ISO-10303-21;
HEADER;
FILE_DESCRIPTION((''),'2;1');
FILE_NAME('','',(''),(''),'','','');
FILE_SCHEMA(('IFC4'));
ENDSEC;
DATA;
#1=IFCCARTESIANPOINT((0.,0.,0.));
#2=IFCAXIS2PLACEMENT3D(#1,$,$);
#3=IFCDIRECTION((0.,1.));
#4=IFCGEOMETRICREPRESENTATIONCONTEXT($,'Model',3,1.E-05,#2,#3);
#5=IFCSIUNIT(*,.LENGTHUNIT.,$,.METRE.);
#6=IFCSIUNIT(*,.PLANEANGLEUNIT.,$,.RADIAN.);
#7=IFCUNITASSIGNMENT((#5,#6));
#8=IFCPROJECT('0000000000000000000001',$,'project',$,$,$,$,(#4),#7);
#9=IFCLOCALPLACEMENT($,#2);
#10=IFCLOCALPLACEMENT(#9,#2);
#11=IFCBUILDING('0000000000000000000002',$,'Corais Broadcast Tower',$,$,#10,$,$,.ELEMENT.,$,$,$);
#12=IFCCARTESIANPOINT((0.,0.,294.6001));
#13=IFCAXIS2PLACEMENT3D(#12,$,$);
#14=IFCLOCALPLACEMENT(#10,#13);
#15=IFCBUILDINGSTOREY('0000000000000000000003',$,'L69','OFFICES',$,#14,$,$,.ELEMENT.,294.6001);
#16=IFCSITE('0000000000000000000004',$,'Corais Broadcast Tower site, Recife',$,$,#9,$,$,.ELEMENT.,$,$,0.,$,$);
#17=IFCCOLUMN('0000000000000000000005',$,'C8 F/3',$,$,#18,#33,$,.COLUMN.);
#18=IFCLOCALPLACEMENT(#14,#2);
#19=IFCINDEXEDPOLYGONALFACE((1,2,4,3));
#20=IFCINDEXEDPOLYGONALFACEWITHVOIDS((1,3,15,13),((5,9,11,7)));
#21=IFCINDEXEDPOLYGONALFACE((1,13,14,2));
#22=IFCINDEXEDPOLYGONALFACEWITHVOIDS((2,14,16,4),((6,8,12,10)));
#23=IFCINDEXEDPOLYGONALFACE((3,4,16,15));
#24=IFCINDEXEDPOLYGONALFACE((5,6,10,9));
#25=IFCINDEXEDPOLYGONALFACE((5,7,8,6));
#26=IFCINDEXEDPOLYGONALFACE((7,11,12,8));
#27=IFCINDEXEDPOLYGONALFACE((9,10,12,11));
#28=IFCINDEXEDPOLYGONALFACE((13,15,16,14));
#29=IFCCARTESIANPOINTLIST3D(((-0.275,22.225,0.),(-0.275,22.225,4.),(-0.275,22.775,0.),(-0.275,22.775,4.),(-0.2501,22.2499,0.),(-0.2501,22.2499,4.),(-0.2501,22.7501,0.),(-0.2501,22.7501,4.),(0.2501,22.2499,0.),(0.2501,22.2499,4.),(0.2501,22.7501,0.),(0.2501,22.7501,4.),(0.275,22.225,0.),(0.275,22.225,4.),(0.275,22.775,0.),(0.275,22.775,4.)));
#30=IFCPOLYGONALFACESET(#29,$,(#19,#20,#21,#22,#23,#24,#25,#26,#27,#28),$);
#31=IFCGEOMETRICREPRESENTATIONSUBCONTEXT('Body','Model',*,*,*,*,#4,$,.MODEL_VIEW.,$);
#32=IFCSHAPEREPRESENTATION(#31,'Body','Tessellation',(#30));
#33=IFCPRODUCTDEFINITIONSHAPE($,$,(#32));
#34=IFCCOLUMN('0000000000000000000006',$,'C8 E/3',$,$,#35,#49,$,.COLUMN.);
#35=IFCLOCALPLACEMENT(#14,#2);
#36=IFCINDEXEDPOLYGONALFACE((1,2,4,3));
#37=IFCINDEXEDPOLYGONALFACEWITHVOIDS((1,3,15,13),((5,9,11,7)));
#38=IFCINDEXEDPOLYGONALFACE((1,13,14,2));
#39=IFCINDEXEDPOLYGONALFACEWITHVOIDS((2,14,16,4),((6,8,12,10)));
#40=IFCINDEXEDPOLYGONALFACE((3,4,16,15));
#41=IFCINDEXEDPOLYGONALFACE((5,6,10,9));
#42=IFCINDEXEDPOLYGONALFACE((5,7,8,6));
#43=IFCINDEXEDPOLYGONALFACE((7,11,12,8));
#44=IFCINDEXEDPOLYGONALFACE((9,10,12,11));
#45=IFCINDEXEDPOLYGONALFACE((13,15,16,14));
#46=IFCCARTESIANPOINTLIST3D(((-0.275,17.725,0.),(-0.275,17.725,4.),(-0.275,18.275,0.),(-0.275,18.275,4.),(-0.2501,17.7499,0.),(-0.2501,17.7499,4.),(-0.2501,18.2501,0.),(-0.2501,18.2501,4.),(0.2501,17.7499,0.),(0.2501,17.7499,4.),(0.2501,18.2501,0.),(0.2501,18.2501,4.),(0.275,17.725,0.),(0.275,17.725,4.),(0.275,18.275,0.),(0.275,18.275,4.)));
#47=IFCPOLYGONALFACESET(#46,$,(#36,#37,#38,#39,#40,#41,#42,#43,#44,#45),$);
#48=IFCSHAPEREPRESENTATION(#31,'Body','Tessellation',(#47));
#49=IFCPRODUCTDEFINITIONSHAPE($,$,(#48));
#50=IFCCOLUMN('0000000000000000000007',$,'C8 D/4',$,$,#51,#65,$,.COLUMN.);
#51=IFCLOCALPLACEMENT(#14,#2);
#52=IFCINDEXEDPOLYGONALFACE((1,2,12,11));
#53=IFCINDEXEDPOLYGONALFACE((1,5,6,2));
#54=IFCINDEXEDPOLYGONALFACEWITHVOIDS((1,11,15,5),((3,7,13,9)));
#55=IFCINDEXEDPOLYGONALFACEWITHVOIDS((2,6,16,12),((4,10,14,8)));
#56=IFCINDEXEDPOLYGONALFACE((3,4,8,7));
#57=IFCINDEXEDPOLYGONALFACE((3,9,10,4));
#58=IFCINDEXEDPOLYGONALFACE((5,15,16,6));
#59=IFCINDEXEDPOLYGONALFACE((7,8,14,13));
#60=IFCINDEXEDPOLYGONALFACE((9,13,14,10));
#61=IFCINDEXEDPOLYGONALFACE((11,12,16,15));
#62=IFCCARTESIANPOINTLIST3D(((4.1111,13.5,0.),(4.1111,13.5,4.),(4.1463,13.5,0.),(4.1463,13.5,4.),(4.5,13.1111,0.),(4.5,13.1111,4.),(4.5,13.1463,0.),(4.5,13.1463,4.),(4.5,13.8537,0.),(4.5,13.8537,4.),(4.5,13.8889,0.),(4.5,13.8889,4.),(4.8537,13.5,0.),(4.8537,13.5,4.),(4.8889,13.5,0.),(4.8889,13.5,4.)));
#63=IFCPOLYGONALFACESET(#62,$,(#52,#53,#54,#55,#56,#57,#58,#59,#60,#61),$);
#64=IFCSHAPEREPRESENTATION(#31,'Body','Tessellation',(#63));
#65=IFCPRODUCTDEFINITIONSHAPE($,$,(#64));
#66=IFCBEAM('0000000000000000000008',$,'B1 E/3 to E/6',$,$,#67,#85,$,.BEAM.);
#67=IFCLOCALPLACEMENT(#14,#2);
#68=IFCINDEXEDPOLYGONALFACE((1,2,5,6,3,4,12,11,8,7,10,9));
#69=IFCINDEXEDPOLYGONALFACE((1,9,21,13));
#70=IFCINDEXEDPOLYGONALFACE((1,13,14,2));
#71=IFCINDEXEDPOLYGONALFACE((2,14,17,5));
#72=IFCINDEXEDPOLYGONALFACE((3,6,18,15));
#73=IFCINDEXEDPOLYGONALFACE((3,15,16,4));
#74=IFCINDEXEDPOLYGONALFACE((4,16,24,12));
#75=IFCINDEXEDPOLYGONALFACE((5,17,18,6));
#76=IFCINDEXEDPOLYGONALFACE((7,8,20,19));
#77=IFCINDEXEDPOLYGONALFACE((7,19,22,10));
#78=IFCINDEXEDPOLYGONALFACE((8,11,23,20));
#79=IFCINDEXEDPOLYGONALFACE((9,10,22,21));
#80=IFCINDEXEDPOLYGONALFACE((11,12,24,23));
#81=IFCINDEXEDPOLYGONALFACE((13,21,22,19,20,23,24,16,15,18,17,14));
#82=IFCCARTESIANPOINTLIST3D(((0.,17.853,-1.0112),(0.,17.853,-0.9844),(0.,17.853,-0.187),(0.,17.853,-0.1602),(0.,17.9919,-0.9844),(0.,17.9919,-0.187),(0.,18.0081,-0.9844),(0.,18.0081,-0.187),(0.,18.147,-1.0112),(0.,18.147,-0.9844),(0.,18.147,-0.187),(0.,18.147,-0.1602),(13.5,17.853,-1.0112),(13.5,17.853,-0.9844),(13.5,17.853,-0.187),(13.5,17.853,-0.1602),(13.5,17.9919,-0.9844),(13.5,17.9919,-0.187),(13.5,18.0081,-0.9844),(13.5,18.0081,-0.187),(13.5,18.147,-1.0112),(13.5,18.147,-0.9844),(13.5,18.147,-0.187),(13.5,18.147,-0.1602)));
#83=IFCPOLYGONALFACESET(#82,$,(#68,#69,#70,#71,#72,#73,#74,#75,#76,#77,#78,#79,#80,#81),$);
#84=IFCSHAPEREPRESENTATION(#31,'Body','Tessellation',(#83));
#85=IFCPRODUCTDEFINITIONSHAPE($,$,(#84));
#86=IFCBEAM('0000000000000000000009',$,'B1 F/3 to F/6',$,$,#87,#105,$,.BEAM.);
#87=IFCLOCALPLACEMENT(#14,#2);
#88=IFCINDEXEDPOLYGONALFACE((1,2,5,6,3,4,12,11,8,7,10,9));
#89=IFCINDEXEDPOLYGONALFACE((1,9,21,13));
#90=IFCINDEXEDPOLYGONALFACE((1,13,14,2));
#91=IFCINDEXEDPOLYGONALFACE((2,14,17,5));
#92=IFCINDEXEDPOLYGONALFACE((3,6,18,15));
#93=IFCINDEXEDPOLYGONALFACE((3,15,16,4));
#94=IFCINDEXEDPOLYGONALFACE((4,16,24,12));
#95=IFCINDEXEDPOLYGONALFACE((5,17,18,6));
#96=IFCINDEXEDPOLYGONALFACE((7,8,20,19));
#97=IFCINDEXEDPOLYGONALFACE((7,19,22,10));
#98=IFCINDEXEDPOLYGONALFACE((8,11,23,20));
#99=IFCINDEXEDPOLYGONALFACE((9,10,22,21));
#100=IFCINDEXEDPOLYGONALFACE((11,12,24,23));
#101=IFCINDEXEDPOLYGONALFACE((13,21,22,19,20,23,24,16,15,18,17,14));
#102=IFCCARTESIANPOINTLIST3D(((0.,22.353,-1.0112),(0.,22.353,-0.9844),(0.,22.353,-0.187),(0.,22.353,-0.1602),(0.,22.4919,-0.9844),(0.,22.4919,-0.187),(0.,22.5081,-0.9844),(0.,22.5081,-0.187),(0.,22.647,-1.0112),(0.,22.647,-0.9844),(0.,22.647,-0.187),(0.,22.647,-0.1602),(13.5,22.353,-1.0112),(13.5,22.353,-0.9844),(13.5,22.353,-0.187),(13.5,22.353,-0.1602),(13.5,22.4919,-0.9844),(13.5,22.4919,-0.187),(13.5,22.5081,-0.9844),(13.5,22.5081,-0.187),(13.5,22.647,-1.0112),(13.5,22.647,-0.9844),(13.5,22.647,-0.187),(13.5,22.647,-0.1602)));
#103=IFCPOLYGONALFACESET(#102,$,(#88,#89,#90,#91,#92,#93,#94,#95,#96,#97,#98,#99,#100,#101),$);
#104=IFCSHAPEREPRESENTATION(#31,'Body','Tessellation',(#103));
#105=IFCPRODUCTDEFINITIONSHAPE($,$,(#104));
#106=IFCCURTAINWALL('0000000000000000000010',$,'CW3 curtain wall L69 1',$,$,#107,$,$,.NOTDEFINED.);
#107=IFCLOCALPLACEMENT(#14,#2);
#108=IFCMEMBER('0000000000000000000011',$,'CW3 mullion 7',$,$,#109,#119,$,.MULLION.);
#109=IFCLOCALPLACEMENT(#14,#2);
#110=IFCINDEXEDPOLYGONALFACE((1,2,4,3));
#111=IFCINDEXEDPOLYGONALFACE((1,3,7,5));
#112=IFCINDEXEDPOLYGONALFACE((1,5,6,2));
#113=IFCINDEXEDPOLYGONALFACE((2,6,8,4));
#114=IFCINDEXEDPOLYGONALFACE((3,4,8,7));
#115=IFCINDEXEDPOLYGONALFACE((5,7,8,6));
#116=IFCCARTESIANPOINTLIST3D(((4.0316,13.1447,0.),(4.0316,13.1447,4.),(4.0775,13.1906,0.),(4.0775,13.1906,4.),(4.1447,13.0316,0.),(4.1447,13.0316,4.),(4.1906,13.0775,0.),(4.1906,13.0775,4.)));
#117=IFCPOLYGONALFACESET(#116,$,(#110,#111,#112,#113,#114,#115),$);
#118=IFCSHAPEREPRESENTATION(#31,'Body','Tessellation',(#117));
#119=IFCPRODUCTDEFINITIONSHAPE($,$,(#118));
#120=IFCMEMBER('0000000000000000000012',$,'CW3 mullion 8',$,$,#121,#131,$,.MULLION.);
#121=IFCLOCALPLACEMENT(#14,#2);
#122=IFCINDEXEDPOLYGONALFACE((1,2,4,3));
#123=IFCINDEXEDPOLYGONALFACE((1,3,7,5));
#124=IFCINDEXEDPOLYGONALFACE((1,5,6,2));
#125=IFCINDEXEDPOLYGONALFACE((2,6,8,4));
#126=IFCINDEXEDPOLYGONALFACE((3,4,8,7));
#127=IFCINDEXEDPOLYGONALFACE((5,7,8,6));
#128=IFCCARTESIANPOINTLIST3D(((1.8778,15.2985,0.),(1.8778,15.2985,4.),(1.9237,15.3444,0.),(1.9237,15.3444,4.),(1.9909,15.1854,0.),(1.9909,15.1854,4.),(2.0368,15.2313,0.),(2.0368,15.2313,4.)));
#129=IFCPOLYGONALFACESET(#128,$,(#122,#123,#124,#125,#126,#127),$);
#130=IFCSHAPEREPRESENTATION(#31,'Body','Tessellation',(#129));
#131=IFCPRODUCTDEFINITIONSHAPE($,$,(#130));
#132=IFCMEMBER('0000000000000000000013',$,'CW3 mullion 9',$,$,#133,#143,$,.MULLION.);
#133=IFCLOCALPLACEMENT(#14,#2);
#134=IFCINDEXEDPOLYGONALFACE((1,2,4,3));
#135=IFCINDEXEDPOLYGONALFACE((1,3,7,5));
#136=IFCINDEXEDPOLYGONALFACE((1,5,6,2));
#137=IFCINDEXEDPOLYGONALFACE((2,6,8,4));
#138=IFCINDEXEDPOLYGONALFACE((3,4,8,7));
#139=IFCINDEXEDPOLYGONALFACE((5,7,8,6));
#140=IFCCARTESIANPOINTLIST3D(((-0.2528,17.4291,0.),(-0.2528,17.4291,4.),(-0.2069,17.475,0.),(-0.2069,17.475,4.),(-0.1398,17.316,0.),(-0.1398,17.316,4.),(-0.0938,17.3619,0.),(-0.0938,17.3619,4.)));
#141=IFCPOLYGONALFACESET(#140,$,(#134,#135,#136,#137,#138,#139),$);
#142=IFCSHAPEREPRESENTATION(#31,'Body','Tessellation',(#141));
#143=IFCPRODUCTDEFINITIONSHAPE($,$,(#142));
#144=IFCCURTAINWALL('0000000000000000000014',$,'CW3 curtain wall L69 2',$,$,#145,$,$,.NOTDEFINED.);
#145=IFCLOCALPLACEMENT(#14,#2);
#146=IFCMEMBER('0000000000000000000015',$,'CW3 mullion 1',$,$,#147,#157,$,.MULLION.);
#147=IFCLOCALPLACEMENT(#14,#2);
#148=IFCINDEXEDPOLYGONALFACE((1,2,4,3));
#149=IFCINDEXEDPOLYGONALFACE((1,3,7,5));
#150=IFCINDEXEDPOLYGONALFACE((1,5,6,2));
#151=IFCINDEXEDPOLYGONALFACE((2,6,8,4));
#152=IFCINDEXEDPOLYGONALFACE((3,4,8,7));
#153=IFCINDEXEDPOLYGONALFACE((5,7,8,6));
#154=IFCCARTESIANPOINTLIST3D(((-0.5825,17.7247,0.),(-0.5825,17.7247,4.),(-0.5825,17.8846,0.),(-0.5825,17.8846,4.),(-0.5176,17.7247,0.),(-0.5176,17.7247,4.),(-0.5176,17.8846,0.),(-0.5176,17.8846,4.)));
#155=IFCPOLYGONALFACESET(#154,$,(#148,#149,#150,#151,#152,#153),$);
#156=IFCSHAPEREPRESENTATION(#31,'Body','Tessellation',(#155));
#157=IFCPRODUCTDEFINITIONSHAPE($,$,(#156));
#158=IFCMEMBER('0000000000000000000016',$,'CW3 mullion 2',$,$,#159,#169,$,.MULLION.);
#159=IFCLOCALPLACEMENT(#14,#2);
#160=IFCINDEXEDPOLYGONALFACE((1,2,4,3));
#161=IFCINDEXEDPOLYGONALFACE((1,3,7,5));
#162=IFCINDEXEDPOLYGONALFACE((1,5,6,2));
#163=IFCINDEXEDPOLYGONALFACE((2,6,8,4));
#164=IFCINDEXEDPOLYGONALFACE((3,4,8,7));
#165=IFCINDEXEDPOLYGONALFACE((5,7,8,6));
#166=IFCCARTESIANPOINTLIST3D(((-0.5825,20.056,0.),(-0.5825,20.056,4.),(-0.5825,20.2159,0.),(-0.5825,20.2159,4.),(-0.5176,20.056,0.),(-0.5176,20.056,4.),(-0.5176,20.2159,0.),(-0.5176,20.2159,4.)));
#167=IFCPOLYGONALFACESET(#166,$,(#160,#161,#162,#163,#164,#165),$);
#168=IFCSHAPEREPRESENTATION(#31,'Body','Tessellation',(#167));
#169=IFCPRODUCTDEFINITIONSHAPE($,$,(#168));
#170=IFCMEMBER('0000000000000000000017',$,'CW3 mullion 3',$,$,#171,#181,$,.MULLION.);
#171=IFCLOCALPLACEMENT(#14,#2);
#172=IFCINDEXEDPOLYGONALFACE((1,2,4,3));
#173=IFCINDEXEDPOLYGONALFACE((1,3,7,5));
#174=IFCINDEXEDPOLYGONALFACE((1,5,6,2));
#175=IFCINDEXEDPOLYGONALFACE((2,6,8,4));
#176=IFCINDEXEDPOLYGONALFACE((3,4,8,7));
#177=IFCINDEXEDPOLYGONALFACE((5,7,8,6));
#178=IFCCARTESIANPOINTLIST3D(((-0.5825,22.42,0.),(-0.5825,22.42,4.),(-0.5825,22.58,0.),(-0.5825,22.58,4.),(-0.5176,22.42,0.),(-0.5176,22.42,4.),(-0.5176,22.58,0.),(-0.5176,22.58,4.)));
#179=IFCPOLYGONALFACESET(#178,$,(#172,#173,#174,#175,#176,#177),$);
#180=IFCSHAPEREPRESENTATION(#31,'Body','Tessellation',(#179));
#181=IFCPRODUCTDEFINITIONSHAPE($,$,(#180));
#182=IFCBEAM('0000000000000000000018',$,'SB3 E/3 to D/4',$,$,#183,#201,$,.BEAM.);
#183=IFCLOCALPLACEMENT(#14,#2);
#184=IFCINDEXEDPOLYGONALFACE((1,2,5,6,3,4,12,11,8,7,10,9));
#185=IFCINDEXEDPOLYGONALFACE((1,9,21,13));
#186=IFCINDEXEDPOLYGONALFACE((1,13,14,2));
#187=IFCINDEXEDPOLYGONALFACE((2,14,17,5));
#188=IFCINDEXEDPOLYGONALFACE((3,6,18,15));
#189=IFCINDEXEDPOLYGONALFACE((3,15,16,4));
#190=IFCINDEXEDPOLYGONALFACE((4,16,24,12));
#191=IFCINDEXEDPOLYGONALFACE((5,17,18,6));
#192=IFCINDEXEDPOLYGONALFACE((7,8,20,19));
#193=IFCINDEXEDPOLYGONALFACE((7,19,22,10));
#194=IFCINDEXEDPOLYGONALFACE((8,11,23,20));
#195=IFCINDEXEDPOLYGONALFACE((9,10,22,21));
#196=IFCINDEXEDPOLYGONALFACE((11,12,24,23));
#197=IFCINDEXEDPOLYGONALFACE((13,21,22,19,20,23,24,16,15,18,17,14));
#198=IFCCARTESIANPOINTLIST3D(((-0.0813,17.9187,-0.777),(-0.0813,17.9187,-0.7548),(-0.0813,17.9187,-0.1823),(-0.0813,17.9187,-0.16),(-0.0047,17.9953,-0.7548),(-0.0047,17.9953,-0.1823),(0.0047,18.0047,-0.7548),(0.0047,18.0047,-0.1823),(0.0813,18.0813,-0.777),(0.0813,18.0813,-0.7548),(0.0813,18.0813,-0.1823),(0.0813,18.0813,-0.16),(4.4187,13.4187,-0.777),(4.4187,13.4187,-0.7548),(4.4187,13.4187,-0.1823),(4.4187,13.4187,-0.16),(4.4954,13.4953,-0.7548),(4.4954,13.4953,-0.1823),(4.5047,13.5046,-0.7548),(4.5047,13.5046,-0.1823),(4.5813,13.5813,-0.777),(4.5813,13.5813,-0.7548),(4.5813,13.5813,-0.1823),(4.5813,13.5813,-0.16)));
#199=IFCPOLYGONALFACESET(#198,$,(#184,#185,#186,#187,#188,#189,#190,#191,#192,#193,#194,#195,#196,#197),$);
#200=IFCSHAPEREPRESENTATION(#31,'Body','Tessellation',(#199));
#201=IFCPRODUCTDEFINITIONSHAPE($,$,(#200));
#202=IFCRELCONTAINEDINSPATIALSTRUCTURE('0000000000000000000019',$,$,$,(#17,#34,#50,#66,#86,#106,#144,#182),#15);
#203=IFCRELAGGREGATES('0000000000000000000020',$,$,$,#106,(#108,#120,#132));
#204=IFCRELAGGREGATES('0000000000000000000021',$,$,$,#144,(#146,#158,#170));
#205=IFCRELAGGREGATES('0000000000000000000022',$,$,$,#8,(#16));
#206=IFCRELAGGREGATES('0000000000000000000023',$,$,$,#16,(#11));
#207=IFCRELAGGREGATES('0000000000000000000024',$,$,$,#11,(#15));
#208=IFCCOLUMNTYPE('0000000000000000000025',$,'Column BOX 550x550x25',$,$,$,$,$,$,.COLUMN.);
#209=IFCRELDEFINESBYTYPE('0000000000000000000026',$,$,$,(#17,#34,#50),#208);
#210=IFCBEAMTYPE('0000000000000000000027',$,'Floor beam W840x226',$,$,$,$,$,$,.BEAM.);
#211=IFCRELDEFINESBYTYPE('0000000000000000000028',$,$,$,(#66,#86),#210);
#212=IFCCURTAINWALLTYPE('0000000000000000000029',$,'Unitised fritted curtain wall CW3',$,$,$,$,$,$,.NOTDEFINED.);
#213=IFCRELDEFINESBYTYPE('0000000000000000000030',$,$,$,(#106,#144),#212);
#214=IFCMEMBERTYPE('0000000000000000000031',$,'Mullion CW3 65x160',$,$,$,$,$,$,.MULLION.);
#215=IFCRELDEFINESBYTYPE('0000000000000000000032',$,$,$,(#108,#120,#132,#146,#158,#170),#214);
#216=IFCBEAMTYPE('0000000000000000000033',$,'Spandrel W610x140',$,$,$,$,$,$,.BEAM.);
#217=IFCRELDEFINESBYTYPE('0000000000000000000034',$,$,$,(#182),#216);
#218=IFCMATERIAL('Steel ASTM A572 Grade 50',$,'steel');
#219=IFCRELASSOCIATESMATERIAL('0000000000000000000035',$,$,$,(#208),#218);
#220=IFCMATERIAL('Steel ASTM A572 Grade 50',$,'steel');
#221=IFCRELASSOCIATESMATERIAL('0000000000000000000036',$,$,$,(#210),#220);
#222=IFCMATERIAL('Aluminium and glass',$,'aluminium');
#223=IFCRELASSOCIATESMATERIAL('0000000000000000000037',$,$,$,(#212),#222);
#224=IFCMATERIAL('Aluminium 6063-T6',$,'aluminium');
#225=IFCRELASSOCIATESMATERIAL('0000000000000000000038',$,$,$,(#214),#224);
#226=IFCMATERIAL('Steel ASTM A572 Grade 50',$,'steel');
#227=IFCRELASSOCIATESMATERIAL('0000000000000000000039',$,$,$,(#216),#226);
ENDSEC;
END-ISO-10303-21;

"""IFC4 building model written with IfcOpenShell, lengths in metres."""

from ifc_helpers import new_model, si_unit, direction, frame, origin, origin_2d, place, context, subcontext, project, spatial, rectangle, hollow_rectangle, i_section, extrude, material, material_profile, profile_set, type_object, element, aggregate, save


model = new_model("IFC4")

# Units and contexts
model_context = context("Model", 3, precision=1e-05, world=origin(), true_north=direction((0.0, 1.0)))
body_context = subcontext(model_context, "Body", "Model", "MODEL_VIEW")
ifc_project = project(units=[si_unit("LENGTHUNIT", "METRE"), si_unit("PLANEANGLEUNIT", "RADIAN")], contexts=[model_context])

# Site, building, storey
site_placement = place(None, origin())
site = spatial("IfcSite", under=ifc_project, at=site_placement, Name="Corais Broadcast Tower site, Recife", CompositionType="ELEMENT", RefElevation=0.0)
building_placement = place(site_placement, origin())
building = spatial("IfcBuilding", under=site, at=building_placement, Name="Corais Broadcast Tower", CompositionType="ELEMENT")
storey_placement = place(building_placement, frame((0.0, 0.0, 294.6001)))
storey = spatial("IfcBuildingStorey", under=building, at=storey_placement, Name="L69", Description="OFFICES", CompositionType="ELEMENT", Elevation=294.6001)

# Columns
ifc_material_1 = material(Name="Steel ASTM A572 Grade 50", Category="steel")
ifc_material_profile_1 = material_profile(ifc_material_1, hollow_rectangle(XDim=0.55, YDim=0.55, WallThickness=0.0249, at=origin_2d()), Name="BOX 550x550x25")
ifc_profile_set_1 = profile_set([ifc_material_profile_1], Name="Steel ASTM A572 Grade 50")
column_type = type_object("IfcColumnType", Name="Column BOX 550x550x25", PredefinedType="COLUMN", material=ifc_profile_set_1)
for number, where, z_axis, x_axis, name in (
    (1, (0.0, 22.5, 0.0), (0.0, 0.0, 1.0), (1.0, 0.0, 0.0), "C8 F/3"),
    (2, (0.0, 18.0, 0.0), (0.0, 0.0, 1.0), (1.0, 0.0, 0.0), "C8 E/3"),
    (3, (4.5, 13.5, 0.0), (0.0, 0.0, 1.0), (0.707107, 0.707107, 0.0), "C8 D/4"),
):
    element("IfcColumn", number, at=place(storey_placement, frame(where, z_axis=z_axis, x_axis=x_axis)), inside=storey, type_object=column_type, Name=name, PredefinedType="COLUMN", context=body_context, shape_type="SweptSolid", body=[
        extrude(hollow_rectangle(XDim=0.55, YDim=0.55, WallThickness=0.0249, at=origin_2d()), origin(), (0.0, 0.0, 1.0), 4.0),
    ])

# Beams
ifc_material_2 = material(Name="Steel ASTM A572 Grade 50", Category="steel")
ifc_material_profile_2 = material_profile(ifc_material_2, i_section(OverallWidth=0.2939, OverallDepth=0.8511, WebThickness=0.0161, FlangeThickness=0.0269, at=origin_2d()), Name="W840x226")
ifc_profile_set_2 = profile_set([ifc_material_profile_2], Name="Steel ASTM A572 Grade 50")
beam_type_1 = type_object("IfcBeamType", Name="Floor beam W840x226", PredefinedType="BEAM", material=ifc_profile_set_2)
for number, where, z_axis, x_axis, name in (
    (4, (0.0, 18.0, -0.5857), (1.0, 0.0, 0.0), (0.0, 1.0, 0.0), "B1 E/3 to E/6"),
    (5, (0.0, 22.5, -0.5857), (1.0, 0.0, 0.0), (0.0, 1.0, 0.0), "B1 F/3 to F/6"),
):
    element("IfcBeam", number, at=place(storey_placement, frame(where, z_axis=z_axis, x_axis=x_axis)), inside=storey, type_object=beam_type_1, Name=name, PredefinedType="BEAM", context=body_context, shape_type="SweptSolid", body=[
        extrude(i_section(OverallWidth=0.2939, OverallDepth=0.8511, WebThickness=0.0161, FlangeThickness=0.0269, at=origin_2d()), origin(), (0.0, 0.0, 1.0), 13.5),
    ])

# Curtain walls, members
ifc_material_3 = material(Name="Aluminium and glass", Category="aluminium")
curtain_wall_type = type_object("IfcCurtainWallType", Name="Unitised fritted curtain wall CW3", PredefinedType="NOTDEFINED", material=ifc_material_3)
curtain_wall_1_placement = place(storey_placement, origin())
curtain_wall_1 = element("IfcCurtainWall", 6, at=curtain_wall_1_placement, inside=storey, type_object=curtain_wall_type, Name="CW3 curtain wall L69 1", PredefinedType="NOTDEFINED")
ifc_material_4 = material(Name="Aluminium 6063-T6", Category="aluminium")
ifc_material_profile_3 = material_profile(ifc_material_4, rectangle(XDim=0.0649, YDim=0.1599, at=origin_2d()), Name="Mullion CW3 65x160")
ifc_profile_set_3 = profile_set([ifc_material_profile_3], Name="Aluminium 6063-T6")
member_type_1 = type_object("IfcMemberType", Name="Mullion CW3 65x160", PredefinedType="MULLION", material=ifc_profile_set_3)
member_1_placement = place(storey_placement, frame((4.1111, 13.1111, 0.0), z_axis=(0.0, 0.0, 1.0), x_axis=(-0.707107, -0.707107, 0.0)))
member_1 = element("IfcMember", 7, at=member_1_placement, type_object=member_type_1, Name="CW3 mullion 7", PredefinedType="MULLION", context=body_context, shape_type="SweptSolid", body=[
    extrude(rectangle(XDim=0.0649, YDim=0.1599, at=origin_2d()), origin(), (0.0, 0.0, 1.0), 4.0),
])
member_2_placement = place(storey_placement, frame((1.9573, 15.2649, 0.0), z_axis=(0.0, 0.0, 1.0), x_axis=(-0.707107, -0.707107, 0.0)))
member_2 = element("IfcMember", 8, at=member_2_placement, type_object=member_type_1, Name="CW3 mullion 8", PredefinedType="MULLION", context=body_context, shape_type="SweptSolid", body=[
    extrude(rectangle(XDim=0.0649, YDim=0.1599, at=origin_2d()), origin(), (0.0, 0.0, 1.0), 4.0),
])
member_3_placement = place(storey_placement, frame((-0.1733, 17.3955, 0.0), z_axis=(0.0, 0.0, 1.0), x_axis=(-0.707107, -0.707107, 0.0)))
member_3 = element("IfcMember", 9, at=member_3_placement, type_object=member_type_1, Name="CW3 mullion 9", PredefinedType="MULLION", context=body_context, shape_type="SweptSolid", body=[
    extrude(rectangle(XDim=0.0649, YDim=0.1599, at=origin_2d()), origin(), (0.0, 0.0, 1.0), 4.0),
])
curtain_wall_2_placement = place(storey_placement, origin())
curtain_wall_2 = element("IfcCurtainWall", 10, at=curtain_wall_2_placement, inside=storey, type_object=curtain_wall_type, Name="CW3 curtain wall L69 2", PredefinedType="NOTDEFINED")
member_4_placement = place(storey_placement, frame((-0.55, 17.8047, 0.0), z_axis=(0.0, 0.0, 1.0), x_axis=(-1.0, 0.0, 0.0)))
member_4 = element("IfcMember", 11, at=member_4_placement, type_object=member_type_1, Name="CW3 mullion 1", PredefinedType="MULLION", context=body_context, shape_type="SweptSolid", body=[
    extrude(rectangle(XDim=0.0649, YDim=0.1599, at=origin_2d()), origin(), (0.0, 0.0, 1.0), 4.0),
])
member_5_placement = place(storey_placement, frame((-0.55, 20.136, 0.0), z_axis=(0.0, 0.0, 1.0), x_axis=(-1.0, 0.0, 0.0)))
member_5 = element("IfcMember", 12, at=member_5_placement, type_object=member_type_1, Name="CW3 mullion 2", PredefinedType="MULLION", context=body_context, shape_type="SweptSolid", body=[
    extrude(rectangle(XDim=0.0649, YDim=0.1599, at=origin_2d()), origin(), (0.0, 0.0, 1.0), 4.0),
])
member_6_placement = place(storey_placement, frame((-0.55, 22.5, 0.0), z_axis=(0.0, 0.0, 1.0), x_axis=(-1.0, 0.0, 0.0)))
member_6 = element("IfcMember", 13, at=member_6_placement, type_object=member_type_1, Name="CW3 mullion 3", PredefinedType="MULLION", context=body_context, shape_type="SweptSolid", body=[
    extrude(rectangle(XDim=0.0649, YDim=0.1599, at=origin_2d()), origin(), (0.0, 0.0, 1.0), 4.0),
])

# Beam
ifc_material_5 = material(Name="Steel ASTM A572 Grade 50", Category="steel")
ifc_material_profile_4 = material_profile(ifc_material_5, i_section(OverallWidth=0.23, OverallDepth=0.6169, WebThickness=0.0132, FlangeThickness=0.0222, at=origin_2d()), Name="W610x140")
ifc_profile_set_4 = profile_set([ifc_material_profile_4], Name="Steel ASTM A572 Grade 50")
beam_type_2 = type_object("IfcBeamType", Name="Spandrel W610x140", PredefinedType="BEAM", material=ifc_profile_set_4)
beam_1_placement = place(storey_placement, frame((0.0, 18.0, -0.4685), z_axis=(0.707107, -0.707107, 0.0), x_axis=(0.707107, 0.707107, 0.0)))
element("IfcBeam", 14, at=beam_1_placement, inside=storey, type_object=beam_type_2, Name="SB3 E/3 to D/4", PredefinedType="BEAM", context=body_context, shape_type="SweptSolid", body=[
    extrude(i_section(OverallWidth=0.23, OverallDepth=0.6169, WebThickness=0.0132, FlangeThickness=0.0222, at=origin_2d()), origin(), (0.0, 0.0, 1.0), 6.364),
])

aggregate(curtain_wall_1, [member_1, member_2, member_3])
aggregate(curtain_wall_2, [member_4, member_5, member_6])

save(model, "model.ifc")
